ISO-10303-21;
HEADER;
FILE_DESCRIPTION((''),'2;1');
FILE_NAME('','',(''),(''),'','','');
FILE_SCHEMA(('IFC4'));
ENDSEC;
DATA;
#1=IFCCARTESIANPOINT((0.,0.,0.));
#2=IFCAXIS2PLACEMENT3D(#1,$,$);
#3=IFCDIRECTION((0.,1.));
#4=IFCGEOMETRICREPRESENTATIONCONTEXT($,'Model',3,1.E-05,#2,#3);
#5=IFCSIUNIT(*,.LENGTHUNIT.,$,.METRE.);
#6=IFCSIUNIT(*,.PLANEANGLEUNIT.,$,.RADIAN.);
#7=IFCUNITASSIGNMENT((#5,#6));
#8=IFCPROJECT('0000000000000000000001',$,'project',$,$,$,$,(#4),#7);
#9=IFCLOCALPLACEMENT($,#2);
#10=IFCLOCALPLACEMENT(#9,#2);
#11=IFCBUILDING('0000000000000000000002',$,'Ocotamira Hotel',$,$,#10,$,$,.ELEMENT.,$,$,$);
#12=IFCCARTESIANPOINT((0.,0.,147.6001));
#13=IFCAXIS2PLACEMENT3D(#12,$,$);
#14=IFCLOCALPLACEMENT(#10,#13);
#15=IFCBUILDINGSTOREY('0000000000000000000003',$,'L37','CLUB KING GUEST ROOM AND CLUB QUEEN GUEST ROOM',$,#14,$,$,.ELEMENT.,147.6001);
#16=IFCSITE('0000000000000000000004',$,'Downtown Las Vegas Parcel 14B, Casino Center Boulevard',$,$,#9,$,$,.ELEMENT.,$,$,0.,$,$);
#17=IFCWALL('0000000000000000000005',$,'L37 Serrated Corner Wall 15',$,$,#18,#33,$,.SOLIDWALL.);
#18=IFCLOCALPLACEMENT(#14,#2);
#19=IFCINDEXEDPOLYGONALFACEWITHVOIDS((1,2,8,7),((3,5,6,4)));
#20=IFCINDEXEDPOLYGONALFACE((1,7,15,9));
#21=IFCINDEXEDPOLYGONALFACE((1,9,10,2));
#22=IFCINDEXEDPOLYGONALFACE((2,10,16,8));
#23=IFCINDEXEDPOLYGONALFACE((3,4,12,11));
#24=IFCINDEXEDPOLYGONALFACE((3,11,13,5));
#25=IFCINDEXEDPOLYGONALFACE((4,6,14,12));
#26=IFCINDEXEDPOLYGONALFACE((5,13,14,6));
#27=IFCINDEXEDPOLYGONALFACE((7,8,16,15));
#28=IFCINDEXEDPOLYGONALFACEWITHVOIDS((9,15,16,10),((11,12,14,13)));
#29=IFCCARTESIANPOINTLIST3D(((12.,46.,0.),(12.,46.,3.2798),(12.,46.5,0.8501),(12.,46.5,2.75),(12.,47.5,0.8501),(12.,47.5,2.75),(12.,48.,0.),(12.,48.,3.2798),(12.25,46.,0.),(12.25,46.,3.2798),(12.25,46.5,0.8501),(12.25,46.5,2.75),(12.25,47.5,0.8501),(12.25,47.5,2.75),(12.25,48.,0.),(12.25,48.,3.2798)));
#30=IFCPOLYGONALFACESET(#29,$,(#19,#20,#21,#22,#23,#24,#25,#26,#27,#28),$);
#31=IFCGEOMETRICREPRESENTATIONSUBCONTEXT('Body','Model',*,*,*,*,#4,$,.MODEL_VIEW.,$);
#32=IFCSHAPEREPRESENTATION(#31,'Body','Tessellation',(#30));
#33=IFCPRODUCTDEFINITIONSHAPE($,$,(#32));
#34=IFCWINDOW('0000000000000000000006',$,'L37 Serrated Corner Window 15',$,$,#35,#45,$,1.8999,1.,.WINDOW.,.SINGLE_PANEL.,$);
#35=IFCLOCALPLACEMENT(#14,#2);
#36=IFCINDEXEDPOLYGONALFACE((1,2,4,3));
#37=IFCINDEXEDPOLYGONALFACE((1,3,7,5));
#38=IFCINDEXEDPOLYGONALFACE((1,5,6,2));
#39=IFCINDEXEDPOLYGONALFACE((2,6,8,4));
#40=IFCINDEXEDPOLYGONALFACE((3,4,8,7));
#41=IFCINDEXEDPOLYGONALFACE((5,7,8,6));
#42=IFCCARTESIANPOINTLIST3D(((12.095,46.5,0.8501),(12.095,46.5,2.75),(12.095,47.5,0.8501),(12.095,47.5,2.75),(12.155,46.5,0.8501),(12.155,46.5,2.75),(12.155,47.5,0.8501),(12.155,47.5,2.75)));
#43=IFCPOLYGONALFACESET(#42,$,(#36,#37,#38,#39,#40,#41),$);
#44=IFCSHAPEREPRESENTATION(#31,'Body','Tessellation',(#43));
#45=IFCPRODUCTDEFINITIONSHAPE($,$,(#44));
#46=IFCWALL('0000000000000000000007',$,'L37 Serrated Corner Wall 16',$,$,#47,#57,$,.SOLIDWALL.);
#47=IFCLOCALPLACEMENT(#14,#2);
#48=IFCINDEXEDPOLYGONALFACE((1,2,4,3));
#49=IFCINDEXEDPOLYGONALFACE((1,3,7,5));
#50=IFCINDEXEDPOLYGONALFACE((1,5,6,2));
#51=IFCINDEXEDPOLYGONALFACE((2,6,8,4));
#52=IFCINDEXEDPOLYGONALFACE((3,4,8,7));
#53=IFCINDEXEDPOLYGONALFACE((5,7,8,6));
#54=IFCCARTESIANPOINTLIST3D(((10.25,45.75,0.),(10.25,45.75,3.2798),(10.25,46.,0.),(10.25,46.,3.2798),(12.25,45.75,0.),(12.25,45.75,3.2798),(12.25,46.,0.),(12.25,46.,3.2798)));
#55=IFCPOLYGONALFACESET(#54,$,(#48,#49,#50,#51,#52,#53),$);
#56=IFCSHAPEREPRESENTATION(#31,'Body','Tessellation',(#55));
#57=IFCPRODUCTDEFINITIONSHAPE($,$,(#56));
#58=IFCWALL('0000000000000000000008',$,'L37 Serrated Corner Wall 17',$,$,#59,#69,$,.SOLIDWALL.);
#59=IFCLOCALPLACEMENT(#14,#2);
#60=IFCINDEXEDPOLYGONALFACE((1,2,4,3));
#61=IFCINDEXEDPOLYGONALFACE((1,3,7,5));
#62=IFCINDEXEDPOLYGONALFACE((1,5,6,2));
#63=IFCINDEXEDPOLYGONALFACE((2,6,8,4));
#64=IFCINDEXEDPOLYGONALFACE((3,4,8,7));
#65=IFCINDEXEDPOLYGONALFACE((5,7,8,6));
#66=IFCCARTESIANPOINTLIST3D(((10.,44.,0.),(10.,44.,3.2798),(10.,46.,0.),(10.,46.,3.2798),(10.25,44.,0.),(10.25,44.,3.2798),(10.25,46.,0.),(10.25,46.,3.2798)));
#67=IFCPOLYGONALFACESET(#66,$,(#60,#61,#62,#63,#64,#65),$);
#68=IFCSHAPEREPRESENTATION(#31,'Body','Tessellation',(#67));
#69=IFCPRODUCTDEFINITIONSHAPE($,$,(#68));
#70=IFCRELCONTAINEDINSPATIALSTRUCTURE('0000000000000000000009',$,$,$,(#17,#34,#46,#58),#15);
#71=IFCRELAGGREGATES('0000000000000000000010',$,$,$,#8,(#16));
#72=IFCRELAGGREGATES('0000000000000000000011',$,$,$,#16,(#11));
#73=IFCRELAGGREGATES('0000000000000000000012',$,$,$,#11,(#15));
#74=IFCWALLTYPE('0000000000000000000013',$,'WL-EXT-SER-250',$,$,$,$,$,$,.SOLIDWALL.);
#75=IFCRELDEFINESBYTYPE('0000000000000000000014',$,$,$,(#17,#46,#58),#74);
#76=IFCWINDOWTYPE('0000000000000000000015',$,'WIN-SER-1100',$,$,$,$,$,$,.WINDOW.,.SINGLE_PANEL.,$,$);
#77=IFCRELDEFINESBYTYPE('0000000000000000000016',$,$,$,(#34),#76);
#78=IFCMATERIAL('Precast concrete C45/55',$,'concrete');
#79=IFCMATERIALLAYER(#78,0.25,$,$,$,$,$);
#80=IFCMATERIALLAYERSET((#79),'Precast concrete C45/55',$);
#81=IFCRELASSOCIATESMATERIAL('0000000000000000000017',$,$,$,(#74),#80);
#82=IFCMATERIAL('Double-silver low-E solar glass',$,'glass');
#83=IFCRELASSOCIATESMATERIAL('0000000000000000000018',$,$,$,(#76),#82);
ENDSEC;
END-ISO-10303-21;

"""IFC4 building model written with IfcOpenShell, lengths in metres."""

from ifc_helpers import new_model, si_unit, direction, frame, frame_2d, origin, place, context, subcontext, project, spatial, rectangle, extrude, source, transform, mapped, material, layer, layer_set, type_object, element, fill, save


model = new_model("IFC4")

# Units and contexts
model_context = context("Model", 3, precision=1e-05, world=origin(), true_north=direction((0.0, 1.0)))
body_context = subcontext(model_context, "Body", "Model", "MODEL_VIEW")
ifc_project = project(units=[si_unit("LENGTHUNIT", "METRE"), si_unit("PLANEANGLEUNIT", "RADIAN")], contexts=[model_context])

# Site, building, storey
site_placement = place(None, origin())
site = spatial("IfcSite", under=ifc_project, at=site_placement, Name="Downtown Las Vegas Parcel 14B, Casino Center Boulevard", CompositionType="ELEMENT", RefElevation=0.0)
building_placement = place(site_placement, origin())
building = spatial("IfcBuilding", under=site, at=building_placement, Name="Ocotamira Hotel", CompositionType="ELEMENT")
storey_placement = place(building_placement, frame((0.0, 0.0, 147.6001)))
storey = spatial("IfcBuildingStorey", under=building, at=storey_placement, Name="L37", Description="CLUB KING GUEST ROOM AND CLUB QUEEN GUEST ROOM", CompositionType="ELEMENT", Elevation=147.6001)

# Shared definitions
ifc_material_1 = material(Name="Precast concrete C45/55", Category="concrete")
ifc_layer_1 = layer(ifc_material_1, 0.25)
ifc_layer_set_1 = layer_set([ifc_layer_1], Name="Precast concrete C45/55")
wall_type = type_object("IfcWallType", Name="WL-EXT-SER-250", PredefinedType="SOLIDWALL", material=ifc_layer_set_1)

# Wall, opening, window
wall_1_placement = place(storey_placement, frame((12.125, 48.0, 0.0), z_axis=(0.0, 0.0, 1.0), x_axis=(0.0, -1.0, 0.0)))
wall_1 = element("IfcWall", 1, at=wall_1_placement, inside=storey, type_object=wall_type, Name="L37 Serrated Corner Wall 15", PredefinedType="SOLIDWALL", context=body_context, shape_type="SweptSolid", body=[
    extrude(rectangle(XDim=2.0, YDim=0.25, at=frame_2d((1.0, 0.0))), origin(), (0.0, 0.0, 1.0), 3.2798),
])
opening_placement = place(wall_1_placement, frame((0.5, 0.0, 0.8501)))
opening = element("IfcOpeningElement", 2, at=opening_placement, cuts=wall_1, PredefinedType="OPENING", context=body_context, shape_type="SweptSolid", body=[
    extrude(rectangle(XDim=1.0, YDim=1.8999, at=frame_2d((0.5, 0.95))), frame((0.0, 0.135, 0.0), z_axis=(0.0, -1.0, 0.0), x_axis=(1.0, 0.0, 0.0)), (0.0, 0.0, 1.0), 0.27),
])
ifc_material_2 = material(Name="Double-silver low-E solar glass", Category="glass")
window_type = type_object("IfcWindowType", Name="WIN-SER-1100", PartitioningType="SINGLE_PANEL", PredefinedType="WINDOW", material=ifc_material_2)
shared_shape_1 = source(origin(), body_context, "Body", "SweptSolid", [
    extrude(rectangle(XDim=1.0, YDim=1.8999, at=frame_2d((0.5, 0.95))), frame((0.0, 0.03, 0.0), z_axis=(0.0, -1.0, 0.0), x_axis=(1.0, 0.0, 0.0)), (0.0, 0.0, 1.0), 0.0601),
])
window_placement = place(opening_placement, origin())
window = element("IfcWindow", 3, at=window_placement, inside=storey, type_object=window_type, Name="L37 Serrated Corner Window 15", OverallHeight=1.8999, OverallWidth=1.0, PartitioningType="SINGLE_PANEL", PredefinedType="WINDOW", context=body_context, shape_type="MappedRepresentation", body=[
    mapped(shared_shape_1, transform((0.0, 0.0, 0.0), scale=1.0)),
])
fill(opening, window)

# Walls
for number, where, z_axis, x_axis, name in (
    (4, (12.25, 45.875, 0.0), (0.0, 0.0, 1.0), (-1.0, 0.0, 0.0), "L37 Serrated Corner Wall 16"),
    (5, (10.125, 46.0, 0.0), (0.0, 0.0, 1.0), (0.0, -1.0, 0.0), "L37 Serrated Corner Wall 17"),
):
    element("IfcWall", number, at=place(storey_placement, frame(where, z_axis=z_axis, x_axis=x_axis)), inside=storey, type_object=wall_type, Name=name, PredefinedType="SOLIDWALL", context=body_context, shape_type="SweptSolid", body=[
        extrude(rectangle(XDim=2.0, YDim=0.25, at=frame_2d((1.0, 0.0))), origin(), (0.0, 0.0, 1.0), 3.2798),
    ])

save(model, "model.ifc")
